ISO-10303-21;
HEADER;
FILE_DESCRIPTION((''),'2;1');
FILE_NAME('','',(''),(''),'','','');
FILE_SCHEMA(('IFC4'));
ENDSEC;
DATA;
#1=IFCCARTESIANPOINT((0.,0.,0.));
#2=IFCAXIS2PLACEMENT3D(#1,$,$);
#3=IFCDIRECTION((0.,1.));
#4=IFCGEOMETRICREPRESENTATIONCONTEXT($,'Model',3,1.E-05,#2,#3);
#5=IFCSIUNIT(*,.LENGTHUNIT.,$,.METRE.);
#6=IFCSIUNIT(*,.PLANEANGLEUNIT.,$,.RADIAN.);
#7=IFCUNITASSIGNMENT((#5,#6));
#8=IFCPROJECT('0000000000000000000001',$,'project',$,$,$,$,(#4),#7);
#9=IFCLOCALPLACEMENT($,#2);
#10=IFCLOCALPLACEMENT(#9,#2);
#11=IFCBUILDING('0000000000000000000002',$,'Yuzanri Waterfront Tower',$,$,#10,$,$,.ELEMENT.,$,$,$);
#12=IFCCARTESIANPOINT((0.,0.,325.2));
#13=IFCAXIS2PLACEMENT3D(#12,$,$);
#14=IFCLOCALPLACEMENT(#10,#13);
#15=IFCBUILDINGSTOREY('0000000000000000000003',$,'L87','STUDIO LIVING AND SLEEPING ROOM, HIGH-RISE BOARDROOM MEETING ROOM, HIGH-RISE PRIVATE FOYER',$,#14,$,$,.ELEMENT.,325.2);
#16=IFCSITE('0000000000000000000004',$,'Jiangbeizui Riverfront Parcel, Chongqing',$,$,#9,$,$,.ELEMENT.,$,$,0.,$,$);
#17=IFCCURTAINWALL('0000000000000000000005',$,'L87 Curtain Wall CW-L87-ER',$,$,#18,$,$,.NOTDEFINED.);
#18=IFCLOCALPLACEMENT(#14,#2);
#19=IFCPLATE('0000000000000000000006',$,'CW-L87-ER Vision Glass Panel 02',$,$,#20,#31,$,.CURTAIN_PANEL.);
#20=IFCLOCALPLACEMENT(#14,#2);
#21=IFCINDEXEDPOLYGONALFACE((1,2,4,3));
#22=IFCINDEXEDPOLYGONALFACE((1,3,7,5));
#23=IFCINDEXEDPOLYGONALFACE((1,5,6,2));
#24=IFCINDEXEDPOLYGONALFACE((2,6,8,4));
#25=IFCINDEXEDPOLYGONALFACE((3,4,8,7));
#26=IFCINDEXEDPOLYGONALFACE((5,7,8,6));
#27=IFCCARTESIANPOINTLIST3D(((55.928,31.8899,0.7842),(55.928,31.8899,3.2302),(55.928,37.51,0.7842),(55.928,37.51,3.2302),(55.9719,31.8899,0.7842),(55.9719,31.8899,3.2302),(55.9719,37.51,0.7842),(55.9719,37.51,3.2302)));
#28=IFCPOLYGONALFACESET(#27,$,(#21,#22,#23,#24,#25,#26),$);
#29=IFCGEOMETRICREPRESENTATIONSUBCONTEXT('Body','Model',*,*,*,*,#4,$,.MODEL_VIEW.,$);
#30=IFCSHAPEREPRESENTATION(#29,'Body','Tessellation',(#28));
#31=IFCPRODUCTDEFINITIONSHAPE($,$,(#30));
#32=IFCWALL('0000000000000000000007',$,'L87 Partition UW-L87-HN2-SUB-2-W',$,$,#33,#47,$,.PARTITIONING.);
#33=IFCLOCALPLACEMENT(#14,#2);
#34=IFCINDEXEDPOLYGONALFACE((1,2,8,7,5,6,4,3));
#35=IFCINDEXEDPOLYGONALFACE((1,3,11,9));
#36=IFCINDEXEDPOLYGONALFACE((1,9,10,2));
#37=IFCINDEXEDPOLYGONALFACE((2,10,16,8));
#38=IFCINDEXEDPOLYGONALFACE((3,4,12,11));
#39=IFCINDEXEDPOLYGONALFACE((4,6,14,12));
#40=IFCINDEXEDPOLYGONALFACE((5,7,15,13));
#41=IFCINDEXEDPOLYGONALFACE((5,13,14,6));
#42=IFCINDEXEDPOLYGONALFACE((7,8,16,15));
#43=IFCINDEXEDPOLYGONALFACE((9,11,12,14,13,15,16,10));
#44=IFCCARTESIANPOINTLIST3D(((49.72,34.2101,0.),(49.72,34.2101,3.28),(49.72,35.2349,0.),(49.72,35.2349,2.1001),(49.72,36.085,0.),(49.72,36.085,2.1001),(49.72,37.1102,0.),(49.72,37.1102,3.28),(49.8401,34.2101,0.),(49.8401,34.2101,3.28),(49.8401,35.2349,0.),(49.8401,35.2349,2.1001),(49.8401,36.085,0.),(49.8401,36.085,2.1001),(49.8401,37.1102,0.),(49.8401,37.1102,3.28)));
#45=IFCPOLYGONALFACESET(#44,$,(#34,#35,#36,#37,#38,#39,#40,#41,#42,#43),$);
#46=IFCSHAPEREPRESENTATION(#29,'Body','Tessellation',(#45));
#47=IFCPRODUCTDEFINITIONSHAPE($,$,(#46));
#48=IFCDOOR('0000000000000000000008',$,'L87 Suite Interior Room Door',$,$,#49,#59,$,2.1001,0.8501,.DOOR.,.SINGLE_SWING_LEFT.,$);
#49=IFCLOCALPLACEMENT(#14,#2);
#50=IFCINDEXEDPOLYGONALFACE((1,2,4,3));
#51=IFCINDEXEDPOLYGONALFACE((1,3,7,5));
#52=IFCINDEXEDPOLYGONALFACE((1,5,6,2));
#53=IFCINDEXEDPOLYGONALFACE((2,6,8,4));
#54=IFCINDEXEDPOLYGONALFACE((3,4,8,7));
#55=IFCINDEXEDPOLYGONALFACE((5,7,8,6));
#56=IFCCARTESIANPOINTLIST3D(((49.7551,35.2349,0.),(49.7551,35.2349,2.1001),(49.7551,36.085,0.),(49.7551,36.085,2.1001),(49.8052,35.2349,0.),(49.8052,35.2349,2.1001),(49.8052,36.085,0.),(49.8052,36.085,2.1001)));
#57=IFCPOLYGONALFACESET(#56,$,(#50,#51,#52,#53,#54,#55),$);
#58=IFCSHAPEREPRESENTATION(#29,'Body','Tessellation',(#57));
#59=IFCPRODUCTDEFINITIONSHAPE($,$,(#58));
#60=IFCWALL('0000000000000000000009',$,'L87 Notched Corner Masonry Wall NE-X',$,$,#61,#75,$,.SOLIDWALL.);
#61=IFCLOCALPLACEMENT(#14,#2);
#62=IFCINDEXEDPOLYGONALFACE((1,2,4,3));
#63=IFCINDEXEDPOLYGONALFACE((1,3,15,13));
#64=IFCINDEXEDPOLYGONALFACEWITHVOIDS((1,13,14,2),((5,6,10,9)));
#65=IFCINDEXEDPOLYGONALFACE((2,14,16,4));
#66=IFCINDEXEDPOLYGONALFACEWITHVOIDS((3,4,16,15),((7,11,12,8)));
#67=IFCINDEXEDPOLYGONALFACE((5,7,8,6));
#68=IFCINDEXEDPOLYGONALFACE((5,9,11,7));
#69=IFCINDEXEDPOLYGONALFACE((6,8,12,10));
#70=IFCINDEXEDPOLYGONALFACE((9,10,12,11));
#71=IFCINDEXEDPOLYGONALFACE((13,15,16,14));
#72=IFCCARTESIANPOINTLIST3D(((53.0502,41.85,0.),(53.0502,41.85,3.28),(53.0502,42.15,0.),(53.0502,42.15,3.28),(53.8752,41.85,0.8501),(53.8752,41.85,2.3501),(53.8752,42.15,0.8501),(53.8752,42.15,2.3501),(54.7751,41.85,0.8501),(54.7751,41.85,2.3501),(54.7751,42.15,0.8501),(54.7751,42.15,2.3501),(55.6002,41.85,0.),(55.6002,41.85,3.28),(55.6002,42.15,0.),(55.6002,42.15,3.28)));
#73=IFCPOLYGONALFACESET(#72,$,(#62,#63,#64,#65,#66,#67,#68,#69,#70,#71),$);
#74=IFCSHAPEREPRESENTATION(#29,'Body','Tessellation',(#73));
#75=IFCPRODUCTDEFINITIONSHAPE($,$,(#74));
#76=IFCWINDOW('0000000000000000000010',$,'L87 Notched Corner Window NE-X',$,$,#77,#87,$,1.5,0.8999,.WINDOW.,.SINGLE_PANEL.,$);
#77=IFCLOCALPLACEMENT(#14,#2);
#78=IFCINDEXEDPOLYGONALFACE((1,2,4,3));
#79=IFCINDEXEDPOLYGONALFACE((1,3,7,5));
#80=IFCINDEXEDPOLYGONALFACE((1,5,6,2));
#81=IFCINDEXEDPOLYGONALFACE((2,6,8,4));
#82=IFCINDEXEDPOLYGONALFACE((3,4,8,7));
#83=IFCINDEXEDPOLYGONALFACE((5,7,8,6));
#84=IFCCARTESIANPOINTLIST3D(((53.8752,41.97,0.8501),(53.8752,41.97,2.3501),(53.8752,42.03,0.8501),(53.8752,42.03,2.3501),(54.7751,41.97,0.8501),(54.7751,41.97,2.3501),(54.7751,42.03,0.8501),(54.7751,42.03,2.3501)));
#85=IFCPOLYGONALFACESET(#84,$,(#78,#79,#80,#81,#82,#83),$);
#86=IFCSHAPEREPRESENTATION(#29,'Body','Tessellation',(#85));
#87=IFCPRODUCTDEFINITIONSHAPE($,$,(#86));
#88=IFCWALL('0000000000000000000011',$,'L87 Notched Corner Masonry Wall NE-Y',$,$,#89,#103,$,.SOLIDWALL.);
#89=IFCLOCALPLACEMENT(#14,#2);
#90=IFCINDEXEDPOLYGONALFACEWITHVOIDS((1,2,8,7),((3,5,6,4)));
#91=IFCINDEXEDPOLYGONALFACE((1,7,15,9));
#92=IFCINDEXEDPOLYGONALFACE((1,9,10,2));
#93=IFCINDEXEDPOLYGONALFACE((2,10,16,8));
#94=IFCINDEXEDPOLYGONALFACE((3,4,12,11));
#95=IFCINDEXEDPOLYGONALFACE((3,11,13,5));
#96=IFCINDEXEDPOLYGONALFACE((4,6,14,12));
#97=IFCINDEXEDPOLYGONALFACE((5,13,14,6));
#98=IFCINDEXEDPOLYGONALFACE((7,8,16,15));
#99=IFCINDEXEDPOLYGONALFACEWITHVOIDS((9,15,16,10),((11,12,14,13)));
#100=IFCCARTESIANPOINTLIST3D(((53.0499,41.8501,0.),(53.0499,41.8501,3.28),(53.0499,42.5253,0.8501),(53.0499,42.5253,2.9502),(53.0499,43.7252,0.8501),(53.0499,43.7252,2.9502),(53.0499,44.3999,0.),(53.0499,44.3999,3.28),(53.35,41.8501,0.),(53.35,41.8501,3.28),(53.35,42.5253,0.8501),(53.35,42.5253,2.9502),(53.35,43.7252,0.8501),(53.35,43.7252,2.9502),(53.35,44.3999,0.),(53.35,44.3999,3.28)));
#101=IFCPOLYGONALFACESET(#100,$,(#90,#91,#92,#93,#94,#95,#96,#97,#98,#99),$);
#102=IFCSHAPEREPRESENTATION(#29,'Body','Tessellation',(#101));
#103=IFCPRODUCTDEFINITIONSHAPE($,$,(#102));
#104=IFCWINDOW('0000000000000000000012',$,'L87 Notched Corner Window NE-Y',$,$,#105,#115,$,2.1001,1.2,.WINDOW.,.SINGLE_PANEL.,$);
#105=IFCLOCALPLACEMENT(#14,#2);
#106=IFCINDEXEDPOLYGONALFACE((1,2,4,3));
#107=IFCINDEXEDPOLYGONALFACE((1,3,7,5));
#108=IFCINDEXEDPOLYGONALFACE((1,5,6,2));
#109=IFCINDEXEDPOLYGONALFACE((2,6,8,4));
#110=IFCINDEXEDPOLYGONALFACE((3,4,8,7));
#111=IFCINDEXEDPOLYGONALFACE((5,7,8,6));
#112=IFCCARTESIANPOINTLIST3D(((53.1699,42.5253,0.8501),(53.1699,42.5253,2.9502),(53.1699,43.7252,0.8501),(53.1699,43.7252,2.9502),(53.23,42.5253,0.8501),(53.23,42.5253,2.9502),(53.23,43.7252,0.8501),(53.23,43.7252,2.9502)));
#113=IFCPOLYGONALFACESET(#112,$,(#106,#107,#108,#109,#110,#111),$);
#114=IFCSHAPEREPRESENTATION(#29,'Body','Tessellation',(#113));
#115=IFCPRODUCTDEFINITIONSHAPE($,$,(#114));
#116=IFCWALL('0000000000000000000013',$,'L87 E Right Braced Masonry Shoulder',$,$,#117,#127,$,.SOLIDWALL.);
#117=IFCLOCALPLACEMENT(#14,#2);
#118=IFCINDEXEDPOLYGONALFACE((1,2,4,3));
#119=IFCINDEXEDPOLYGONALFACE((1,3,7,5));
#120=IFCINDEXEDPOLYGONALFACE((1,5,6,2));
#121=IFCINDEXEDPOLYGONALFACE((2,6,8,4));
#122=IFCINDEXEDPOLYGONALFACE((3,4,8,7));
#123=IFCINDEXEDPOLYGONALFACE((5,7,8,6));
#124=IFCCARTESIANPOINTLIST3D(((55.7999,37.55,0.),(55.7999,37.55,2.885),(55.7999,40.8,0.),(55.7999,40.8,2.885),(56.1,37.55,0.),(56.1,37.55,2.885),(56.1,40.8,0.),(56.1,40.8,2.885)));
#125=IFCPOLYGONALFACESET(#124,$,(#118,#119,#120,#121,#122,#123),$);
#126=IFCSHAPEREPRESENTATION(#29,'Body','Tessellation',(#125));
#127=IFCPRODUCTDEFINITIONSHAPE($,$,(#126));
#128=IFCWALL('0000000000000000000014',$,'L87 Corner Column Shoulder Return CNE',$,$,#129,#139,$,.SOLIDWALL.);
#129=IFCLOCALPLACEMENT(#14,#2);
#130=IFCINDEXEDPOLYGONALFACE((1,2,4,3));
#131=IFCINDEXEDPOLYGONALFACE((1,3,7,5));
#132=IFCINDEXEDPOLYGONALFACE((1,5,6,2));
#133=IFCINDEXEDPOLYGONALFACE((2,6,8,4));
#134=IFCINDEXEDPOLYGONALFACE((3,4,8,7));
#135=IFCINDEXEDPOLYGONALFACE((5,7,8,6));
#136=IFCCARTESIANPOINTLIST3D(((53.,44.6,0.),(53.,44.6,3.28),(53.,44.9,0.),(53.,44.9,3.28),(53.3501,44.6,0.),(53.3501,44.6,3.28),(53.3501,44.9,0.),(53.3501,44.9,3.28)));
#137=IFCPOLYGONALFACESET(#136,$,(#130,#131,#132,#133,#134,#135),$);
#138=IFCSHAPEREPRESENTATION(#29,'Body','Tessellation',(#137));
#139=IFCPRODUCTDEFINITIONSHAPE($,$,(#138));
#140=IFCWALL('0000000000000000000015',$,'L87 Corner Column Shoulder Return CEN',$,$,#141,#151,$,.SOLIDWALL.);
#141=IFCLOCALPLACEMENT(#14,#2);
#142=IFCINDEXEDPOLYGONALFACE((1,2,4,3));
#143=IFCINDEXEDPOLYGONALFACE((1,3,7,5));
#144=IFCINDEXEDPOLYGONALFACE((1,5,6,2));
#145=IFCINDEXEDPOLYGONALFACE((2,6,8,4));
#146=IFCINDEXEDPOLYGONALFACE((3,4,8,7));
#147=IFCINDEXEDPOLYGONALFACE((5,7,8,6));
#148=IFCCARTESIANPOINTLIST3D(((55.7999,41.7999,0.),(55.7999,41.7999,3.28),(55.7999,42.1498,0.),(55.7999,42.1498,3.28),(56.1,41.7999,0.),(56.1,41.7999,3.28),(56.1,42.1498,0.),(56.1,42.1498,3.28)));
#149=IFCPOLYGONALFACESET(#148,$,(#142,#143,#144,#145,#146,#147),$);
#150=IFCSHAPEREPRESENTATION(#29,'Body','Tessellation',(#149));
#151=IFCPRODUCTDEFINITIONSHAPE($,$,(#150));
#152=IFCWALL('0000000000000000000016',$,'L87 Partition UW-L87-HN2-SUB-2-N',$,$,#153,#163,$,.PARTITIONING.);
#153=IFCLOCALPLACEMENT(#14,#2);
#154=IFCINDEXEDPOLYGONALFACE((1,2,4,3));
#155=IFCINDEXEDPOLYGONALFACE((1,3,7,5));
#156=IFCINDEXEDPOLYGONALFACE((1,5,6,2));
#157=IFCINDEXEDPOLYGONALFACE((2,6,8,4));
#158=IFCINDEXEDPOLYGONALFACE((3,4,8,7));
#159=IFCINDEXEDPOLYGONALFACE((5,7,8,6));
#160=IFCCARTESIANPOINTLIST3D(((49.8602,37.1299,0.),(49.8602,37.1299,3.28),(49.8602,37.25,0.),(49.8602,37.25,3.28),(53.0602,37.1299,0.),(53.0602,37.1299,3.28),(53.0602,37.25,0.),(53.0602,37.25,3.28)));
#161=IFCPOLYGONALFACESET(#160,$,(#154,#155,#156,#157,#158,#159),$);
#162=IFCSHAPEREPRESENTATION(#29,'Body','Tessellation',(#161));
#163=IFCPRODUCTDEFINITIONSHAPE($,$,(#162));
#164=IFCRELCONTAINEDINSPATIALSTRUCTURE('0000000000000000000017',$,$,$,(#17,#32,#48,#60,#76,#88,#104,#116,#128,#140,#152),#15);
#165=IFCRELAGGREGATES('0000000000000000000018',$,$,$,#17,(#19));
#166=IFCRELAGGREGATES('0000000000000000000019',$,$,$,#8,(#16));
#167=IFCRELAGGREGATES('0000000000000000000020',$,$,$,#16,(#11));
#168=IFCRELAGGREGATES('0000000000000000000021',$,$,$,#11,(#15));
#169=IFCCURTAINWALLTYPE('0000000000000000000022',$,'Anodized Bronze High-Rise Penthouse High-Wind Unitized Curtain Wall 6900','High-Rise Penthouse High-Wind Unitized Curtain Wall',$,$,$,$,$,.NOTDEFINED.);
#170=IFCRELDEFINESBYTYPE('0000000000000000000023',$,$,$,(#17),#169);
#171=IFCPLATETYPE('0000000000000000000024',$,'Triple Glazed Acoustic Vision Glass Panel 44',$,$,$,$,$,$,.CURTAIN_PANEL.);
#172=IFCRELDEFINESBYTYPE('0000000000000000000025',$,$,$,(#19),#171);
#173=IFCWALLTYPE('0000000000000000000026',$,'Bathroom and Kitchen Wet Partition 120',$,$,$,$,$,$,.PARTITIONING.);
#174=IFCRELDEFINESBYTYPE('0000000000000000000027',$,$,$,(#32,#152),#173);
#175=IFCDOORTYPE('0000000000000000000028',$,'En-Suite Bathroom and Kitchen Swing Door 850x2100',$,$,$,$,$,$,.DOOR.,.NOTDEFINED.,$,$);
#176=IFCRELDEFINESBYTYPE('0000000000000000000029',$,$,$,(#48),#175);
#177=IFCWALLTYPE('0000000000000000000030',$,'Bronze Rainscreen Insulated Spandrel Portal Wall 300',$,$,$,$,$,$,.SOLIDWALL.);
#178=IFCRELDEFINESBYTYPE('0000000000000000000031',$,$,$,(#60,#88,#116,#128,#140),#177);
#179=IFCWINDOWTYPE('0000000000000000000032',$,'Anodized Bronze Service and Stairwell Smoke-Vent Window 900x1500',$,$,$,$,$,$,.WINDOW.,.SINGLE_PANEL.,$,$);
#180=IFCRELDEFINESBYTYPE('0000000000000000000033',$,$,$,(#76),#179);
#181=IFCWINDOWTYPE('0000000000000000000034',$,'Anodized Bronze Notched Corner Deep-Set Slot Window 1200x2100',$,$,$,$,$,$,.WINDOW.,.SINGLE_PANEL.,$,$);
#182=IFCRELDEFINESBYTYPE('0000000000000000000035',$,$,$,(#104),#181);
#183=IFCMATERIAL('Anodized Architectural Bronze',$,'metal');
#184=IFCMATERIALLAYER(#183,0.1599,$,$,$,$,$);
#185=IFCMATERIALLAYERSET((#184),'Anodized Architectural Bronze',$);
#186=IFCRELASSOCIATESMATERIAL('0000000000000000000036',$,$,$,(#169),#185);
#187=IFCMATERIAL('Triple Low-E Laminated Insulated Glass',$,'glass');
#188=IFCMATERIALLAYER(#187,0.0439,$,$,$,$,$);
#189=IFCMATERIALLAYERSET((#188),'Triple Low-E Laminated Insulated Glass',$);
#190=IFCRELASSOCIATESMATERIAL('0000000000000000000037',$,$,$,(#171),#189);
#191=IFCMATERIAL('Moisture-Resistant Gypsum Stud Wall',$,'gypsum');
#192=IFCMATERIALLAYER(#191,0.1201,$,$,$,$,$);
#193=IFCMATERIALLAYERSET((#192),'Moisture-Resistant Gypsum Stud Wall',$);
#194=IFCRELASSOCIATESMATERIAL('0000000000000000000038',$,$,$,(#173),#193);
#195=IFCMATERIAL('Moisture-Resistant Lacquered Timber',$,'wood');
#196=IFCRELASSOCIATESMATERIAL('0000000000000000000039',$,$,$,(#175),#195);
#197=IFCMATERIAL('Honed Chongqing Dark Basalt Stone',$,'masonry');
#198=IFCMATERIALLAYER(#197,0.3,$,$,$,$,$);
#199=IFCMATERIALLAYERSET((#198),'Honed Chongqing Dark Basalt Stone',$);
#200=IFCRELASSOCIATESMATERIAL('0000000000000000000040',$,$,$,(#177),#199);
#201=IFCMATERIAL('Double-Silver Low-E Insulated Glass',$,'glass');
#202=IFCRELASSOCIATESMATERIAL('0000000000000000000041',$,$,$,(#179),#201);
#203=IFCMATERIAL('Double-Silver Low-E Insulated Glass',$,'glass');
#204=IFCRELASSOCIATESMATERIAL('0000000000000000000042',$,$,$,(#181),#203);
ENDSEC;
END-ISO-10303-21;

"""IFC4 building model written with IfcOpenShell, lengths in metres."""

from ifc_helpers import new_model, si_unit, direction, frame, frame_2d, origin, origin_2d, place, context, subcontext, project, spatial, rectangle, extrude, source, transform, mapped, material, layer, layer_set, type_object, element, fill, aggregate, save


model = new_model("IFC4")

# Units and contexts
model_context = context("Model", 3, precision=1e-05, world=origin(), true_north=direction((0.0, 1.0)))
body_context = subcontext(model_context, "Body", "Model", "MODEL_VIEW")
ifc_project = project(units=[si_unit("LENGTHUNIT", "METRE"), si_unit("PLANEANGLEUNIT", "RADIAN")], contexts=[model_context])

# Site, building, storey
site_placement = place(None, origin())
site = spatial("IfcSite", under=ifc_project, at=site_placement, Name="Jiangbeizui Riverfront Parcel, Chongqing", CompositionType="ELEMENT", RefElevation=0.0)
building_placement = place(site_placement, origin())
building = spatial("IfcBuilding", under=site, at=building_placement, Name="Yuzanri Waterfront Tower", CompositionType="ELEMENT")
storey_placement = place(building_placement, frame((0.0, 0.0, 325.2)))
storey = spatial("IfcBuildingStorey", under=building, at=storey_placement, Name="L87", Description="STUDIO LIVING AND SLEEPING ROOM, HIGH-RISE BOARDROOM MEETING ROOM, HIGH-RISE PRIVATE FOYER", CompositionType="ELEMENT", Elevation=325.2)

# Curtain wall
ifc_material_1 = material(Name="Anodized Architectural Bronze", Category="metal")
ifc_layer_1 = layer(ifc_material_1, 0.1599)
ifc_layer_set_1 = layer_set([ifc_layer_1], Name="Anodized Architectural Bronze")
curtain_wall_type = type_object("IfcCurtainWallType", Name="Anodized Bronze High-Rise Penthouse High-Wind Unitized Curtain Wall 6900", Description="High-Rise Penthouse High-Wind Unitized Curtain Wall", PredefinedType="NOTDEFINED", material=ifc_layer_set_1)
curtain_wall_placement = place(storey_placement, origin())
curtain_wall = element("IfcCurtainWall", 1, at=curtain_wall_placement, inside=storey, type_object=curtain_wall_type, Name="L87 Curtain Wall CW-L87-ER", PredefinedType="NOTDEFINED")

# Plate
ifc_material_2 = material(Name="Triple Low-E Laminated Insulated Glass", Category="glass")
ifc_layer_2 = layer(ifc_material_2, 0.0439)
ifc_layer_set_2 = layer_set([ifc_layer_2], Name="Triple Low-E Laminated Insulated Glass")
plate_type_1 = type_object("IfcPlateType", Name="Triple Glazed Acoustic Vision Glass Panel 44", PredefinedType="CURTAIN_PANEL", material=ifc_layer_set_2)
shared_shape_1 = source(origin(), body_context, "Body", "SweptSolid", [
    extrude(rectangle(XDim=5.6201, YDim=0.0439, at=origin_2d()), origin(), (0.0, 0.0, 1.0), 2.446),
])
plate_1_placement = place(storey_placement, frame((55.95, 34.7, 0.7842), z_axis=(0.0, 0.0, 1.0), x_axis=(0.0, 1.0, 0.0)))
plate_1 = element("IfcPlate", 2, at=plate_1_placement, type_object=plate_type_1, Name="CW-L87-ER Vision Glass Panel 02", PredefinedType="CURTAIN_PANEL", context=body_context, shape_type="MappedRepresentation", body=[
    mapped(shared_shape_1, transform((0.0, 0.0, 0.0), scale=1.0)),
])
aggregate(curtain_wall, [plate_1])

# Wall, opening, door
ifc_material_3 = material(Name="Moisture-Resistant Gypsum Stud Wall", Category="gypsum")
ifc_layer_3 = layer(ifc_material_3, 0.1201)
ifc_layer_set_3 = layer_set([ifc_layer_3], Name="Moisture-Resistant Gypsum Stud Wall")
wall_type_1 = type_object("IfcWallType", Name="Bathroom and Kitchen Wet Partition 120", PredefinedType="PARTITIONING", material=ifc_layer_set_3)
wall_1_placement = place(storey_placement, frame((49.78, 34.21, 0.0), z_axis=(0.0, 0.0, 1.0), x_axis=(0.0, 1.0, 0.0)))
wall_1 = element("IfcWall", 3, at=wall_1_placement, inside=storey, type_object=wall_type_1, Name="L87 Partition UW-L87-HN2-SUB-2-W", PredefinedType="PARTITIONING", context=body_context, shape_type="SweptSolid", body=[
    extrude(rectangle(XDim=2.9001, YDim=0.1201, at=frame_2d((1.4502, 0.0))), origin(), (0.0, 0.0, 1.0), 3.28),
])
opening_1_placement = place(wall_1_placement, frame((1.0249, 0.0, 0.0)))
opening_1 = element("IfcOpeningElement", 4, at=opening_1_placement, cuts=wall_1, PredefinedType="OPENING", context=body_context, shape_type="SweptSolid", body=[
    extrude(rectangle(XDim=0.8501, YDim=2.1001, at=frame_2d((0.425, 1.05))), frame((0.0, 0.075, 0.0), z_axis=(0.0, -1.0, 0.0), x_axis=(1.0, 0.0, 0.0)), (0.0, 0.0, 1.0), 0.1499),
])
ifc_material_4 = material(Name="Moisture-Resistant Lacquered Timber", Category="wood")
door_type = type_object("IfcDoorType", Name="En-Suite Bathroom and Kitchen Swing Door 850x2100", OperationType="NOTDEFINED", PredefinedType="DOOR", material=ifc_material_4)
shared_shape_2 = source(origin(), body_context, "Body", "SweptSolid", [
    extrude(rectangle(XDim=0.8501, YDim=2.1001, at=frame_2d((0.425, 1.05))), frame((0.0, 0.0249, 0.0), z_axis=(0.0, -1.0, 0.0), x_axis=(1.0, 0.0, 0.0)), (0.0, 0.0, 1.0), 0.05),
])
door_placement = place(opening_1_placement, origin())
door = element("IfcDoor", 5, at=door_placement, inside=storey, type_object=door_type, Name="L87 Suite Interior Room Door", OperationType="SINGLE_SWING_LEFT", OverallHeight=2.1001, OverallWidth=0.8501, PredefinedType="DOOR", context=body_context, shape_type="MappedRepresentation", body=[
    mapped(shared_shape_2, transform((0.0, 0.0, 0.0), scale=1.0)),
])
fill(opening_1, door)

# Walls, openings, windows
ifc_material_5 = material(Name="Honed Chongqing Dark Basalt Stone", Category="masonry")
ifc_layer_4 = layer(ifc_material_5, 0.3)
ifc_layer_set_4 = layer_set([ifc_layer_4], Name="Honed Chongqing Dark Basalt Stone")
wall_type_2 = type_object("IfcWallType", Name="Bronze Rainscreen Insulated Spandrel Portal Wall 300", PredefinedType="SOLIDWALL", material=ifc_layer_set_4)
wall_2_placement = place(storey_placement, frame((55.6001, 42.0, 0.0), z_axis=(0.0, 0.0, 1.0), x_axis=(-1.0, 0.0, 0.0)))
wall_2 = element("IfcWall", 6, at=wall_2_placement, inside=storey, type_object=wall_type_2, Name="L87 Notched Corner Masonry Wall NE-X", PredefinedType="SOLIDWALL", context=body_context, shape_type="SweptSolid", body=[
    extrude(rectangle(XDim=2.55, YDim=0.3, at=frame_2d((1.2749, 0.0))), origin(), (0.0, 0.0, 1.0), 3.28),
])
opening_2_placement = place(wall_2_placement, frame((0.825, 0.0, 0.8501)))
opening_2 = element("IfcOpeningElement", 7, at=opening_2_placement, cuts=wall_2, PredefinedType="OPENING", context=body_context, shape_type="SweptSolid", body=[
    extrude(rectangle(XDim=0.8999, YDim=1.5, at=frame_2d((0.45, 0.75))), frame((0.0, 0.165, 0.0), z_axis=(0.0, -1.0, 0.0), x_axis=(1.0, 0.0, 0.0)), (0.0, 0.0, 1.0), 0.3298),
])
ifc_material_6 = material(Name="Double-Silver Low-E Insulated Glass", Category="glass")
window_type_1 = type_object("IfcWindowType", Name="Anodized Bronze Service and Stairwell Smoke-Vent Window 900x1500", PartitioningType="SINGLE_PANEL", PredefinedType="WINDOW", material=ifc_material_6)
shared_shape_3 = source(origin(), body_context, "Body", "SweptSolid", [
    extrude(rectangle(XDim=0.8999, YDim=1.5, at=frame_2d((0.45, 0.75))), frame((0.0, 0.03, 0.0), z_axis=(0.0, -1.0, 0.0), x_axis=(1.0, 0.0, 0.0)), (0.0, 0.0, 1.0), 0.0601),
])
window_1_placement = place(opening_2_placement, origin())
window_1 = element("IfcWindow", 8, at=window_1_placement, inside=storey, type_object=window_type_1, Name="L87 Notched Corner Window NE-X", OverallHeight=1.5, OverallWidth=0.8999, PartitioningType="SINGLE_PANEL", PredefinedType="WINDOW", context=body_context, shape_type="MappedRepresentation", body=[
    mapped(shared_shape_3, transform((0.0, 0.0, 0.0), scale=1.0)),
])
fill(opening_2, window_1)
wall_3_placement = place(storey_placement, frame((53.2, 41.8501, 0.0), z_axis=(0.0, 0.0, 1.0), x_axis=(0.0, 1.0, 0.0)))
wall_3 = element("IfcWall", 9, at=wall_3_placement, inside=storey, type_object=wall_type_2, Name="L87 Notched Corner Masonry Wall NE-Y", PredefinedType="SOLIDWALL", context=body_context, shape_type="SweptSolid", body=[
    extrude(rectangle(XDim=2.5498, YDim=0.3, at=frame_2d((1.2749, 0.0))), origin(), (0.0, 0.0, 1.0), 3.28),
])
opening_3_placement = place(wall_3_placement, frame((0.675, 0.0, 0.8501)))
opening_3 = element("IfcOpeningElement", 10, at=opening_3_placement, cuts=wall_3, PredefinedType="OPENING", context=body_context, shape_type="SweptSolid", body=[
    extrude(rectangle(XDim=1.2, YDim=2.1001, at=frame_2d((0.6001, 1.05))), frame((0.0, 0.165, 0.0), z_axis=(0.0, -1.0, 0.0), x_axis=(1.0, 0.0, 0.0)), (0.0, 0.0, 1.0), 0.3298),
])
ifc_material_7 = material(Name="Double-Silver Low-E Insulated Glass", Category="glass")
window_type_2 = type_object("IfcWindowType", Name="Anodized Bronze Notched Corner Deep-Set Slot Window 1200x2100", PartitioningType="SINGLE_PANEL", PredefinedType="WINDOW", material=ifc_material_7)
shared_shape_4 = source(origin(), body_context, "Body", "SweptSolid", [
    extrude(rectangle(XDim=1.2, YDim=2.1001, at=frame_2d((0.6001, 1.05))), frame((0.0, 0.03, 0.0), z_axis=(0.0, -1.0, 0.0), x_axis=(1.0, 0.0, 0.0)), (0.0, 0.0, 1.0), 0.0601),
])
window_2_placement = place(opening_3_placement, origin())
window_2 = element("IfcWindow", 11, at=window_2_placement, inside=storey, type_object=window_type_2, Name="L87 Notched Corner Window NE-Y", OverallHeight=2.1001, OverallWidth=1.2, PartitioningType="SINGLE_PANEL", PredefinedType="WINDOW", context=body_context, shape_type="MappedRepresentation", body=[
    mapped(shared_shape_4, transform((0.0, 0.0, 0.0), scale=1.0)),
])
fill(opening_3, window_2)

# Walls
shared_shape_5 = source(origin(), body_context, "Body", "SweptSolid", [
    extrude(rectangle(XDim=3.25, YDim=0.3, at=frame_2d((1.625, 0.0))), origin(), (0.0, 0.0, 1.0), 2.885),
])
wall_4_placement = place(storey_placement, frame((55.95, 37.55, 0.0), z_axis=(0.0, 0.0, 1.0), x_axis=(0.0, 1.0, 0.0)))
element("IfcWall", 12, at=wall_4_placement, inside=storey, type_object=wall_type_2, Name="L87 E Right Braced Masonry Shoulder", PredefinedType="SOLIDWALL", context=body_context, shape_type="MappedRepresentation", body=[
    mapped(shared_shape_5, transform((0.0, 0.0, 0.0), scale=1.0)),
])
shared_shape_6 = source(origin(), body_context, "Body", "SweptSolid", [
    extrude(rectangle(XDim=0.3501, YDim=0.3, at=frame_2d((0.175, 0.0))), origin(), (0.0, 0.0, 1.0), 3.28),
])
wall_5_placement = place(storey_placement, frame((53.0, 44.75, 0.0), z_axis=(0.0, 0.0, 1.0), x_axis=(1.0, 0.0, 0.0)))
element("IfcWall", 13, at=wall_5_placement, inside=storey, type_object=wall_type_2, Name="L87 Corner Column Shoulder Return CNE", PredefinedType="SOLIDWALL", context=body_context, shape_type="MappedRepresentation", body=[
    mapped(shared_shape_6, transform((0.0, 0.0, 0.0), scale=1.0)),
])
shared_shape_7 = source(origin(), body_context, "Body", "SweptSolid", [
    extrude(rectangle(XDim=0.3499, YDim=0.3, at=frame_2d((0.1748, 0.0))), origin(), (0.0, 0.0, 1.0), 3.28),
])
wall_6_placement = place(storey_placement, frame((55.95, 41.8, 0.0), z_axis=(0.0, 0.0, 1.0), x_axis=(0.0, 1.0, 0.0)))
element("IfcWall", 14, at=wall_6_placement, inside=storey, type_object=wall_type_2, Name="L87 Corner Column Shoulder Return CEN", PredefinedType="SOLIDWALL", context=body_context, shape_type="MappedRepresentation", body=[
    mapped(shared_shape_7, transform((0.0, 0.0, 0.0), scale=1.0)),
])
shared_shape_8 = source(origin(), body_context, "Body", "SweptSolid", [
    extrude(rectangle(XDim=3.2, YDim=0.1201, at=frame_2d((1.6001, 0.0))), origin(), (0.0, 0.0, 1.0), 3.28),
])
wall_7_placement = place(storey_placement, frame((49.8601, 37.1899, 0.0), z_axis=(0.0, 0.0, 1.0), x_axis=(1.0, 0.0, 0.0)))
element("IfcWall", 15, at=wall_7_placement, inside=storey, type_object=wall_type_1, Name="L87 Partition UW-L87-HN2-SUB-2-N", PredefinedType="PARTITIONING", context=body_context, shape_type="MappedRepresentation", body=[
    mapped(shared_shape_8, transform((0.0, 0.0, 0.0), scale=1.0)),
])

save(model, "model.ifc")
